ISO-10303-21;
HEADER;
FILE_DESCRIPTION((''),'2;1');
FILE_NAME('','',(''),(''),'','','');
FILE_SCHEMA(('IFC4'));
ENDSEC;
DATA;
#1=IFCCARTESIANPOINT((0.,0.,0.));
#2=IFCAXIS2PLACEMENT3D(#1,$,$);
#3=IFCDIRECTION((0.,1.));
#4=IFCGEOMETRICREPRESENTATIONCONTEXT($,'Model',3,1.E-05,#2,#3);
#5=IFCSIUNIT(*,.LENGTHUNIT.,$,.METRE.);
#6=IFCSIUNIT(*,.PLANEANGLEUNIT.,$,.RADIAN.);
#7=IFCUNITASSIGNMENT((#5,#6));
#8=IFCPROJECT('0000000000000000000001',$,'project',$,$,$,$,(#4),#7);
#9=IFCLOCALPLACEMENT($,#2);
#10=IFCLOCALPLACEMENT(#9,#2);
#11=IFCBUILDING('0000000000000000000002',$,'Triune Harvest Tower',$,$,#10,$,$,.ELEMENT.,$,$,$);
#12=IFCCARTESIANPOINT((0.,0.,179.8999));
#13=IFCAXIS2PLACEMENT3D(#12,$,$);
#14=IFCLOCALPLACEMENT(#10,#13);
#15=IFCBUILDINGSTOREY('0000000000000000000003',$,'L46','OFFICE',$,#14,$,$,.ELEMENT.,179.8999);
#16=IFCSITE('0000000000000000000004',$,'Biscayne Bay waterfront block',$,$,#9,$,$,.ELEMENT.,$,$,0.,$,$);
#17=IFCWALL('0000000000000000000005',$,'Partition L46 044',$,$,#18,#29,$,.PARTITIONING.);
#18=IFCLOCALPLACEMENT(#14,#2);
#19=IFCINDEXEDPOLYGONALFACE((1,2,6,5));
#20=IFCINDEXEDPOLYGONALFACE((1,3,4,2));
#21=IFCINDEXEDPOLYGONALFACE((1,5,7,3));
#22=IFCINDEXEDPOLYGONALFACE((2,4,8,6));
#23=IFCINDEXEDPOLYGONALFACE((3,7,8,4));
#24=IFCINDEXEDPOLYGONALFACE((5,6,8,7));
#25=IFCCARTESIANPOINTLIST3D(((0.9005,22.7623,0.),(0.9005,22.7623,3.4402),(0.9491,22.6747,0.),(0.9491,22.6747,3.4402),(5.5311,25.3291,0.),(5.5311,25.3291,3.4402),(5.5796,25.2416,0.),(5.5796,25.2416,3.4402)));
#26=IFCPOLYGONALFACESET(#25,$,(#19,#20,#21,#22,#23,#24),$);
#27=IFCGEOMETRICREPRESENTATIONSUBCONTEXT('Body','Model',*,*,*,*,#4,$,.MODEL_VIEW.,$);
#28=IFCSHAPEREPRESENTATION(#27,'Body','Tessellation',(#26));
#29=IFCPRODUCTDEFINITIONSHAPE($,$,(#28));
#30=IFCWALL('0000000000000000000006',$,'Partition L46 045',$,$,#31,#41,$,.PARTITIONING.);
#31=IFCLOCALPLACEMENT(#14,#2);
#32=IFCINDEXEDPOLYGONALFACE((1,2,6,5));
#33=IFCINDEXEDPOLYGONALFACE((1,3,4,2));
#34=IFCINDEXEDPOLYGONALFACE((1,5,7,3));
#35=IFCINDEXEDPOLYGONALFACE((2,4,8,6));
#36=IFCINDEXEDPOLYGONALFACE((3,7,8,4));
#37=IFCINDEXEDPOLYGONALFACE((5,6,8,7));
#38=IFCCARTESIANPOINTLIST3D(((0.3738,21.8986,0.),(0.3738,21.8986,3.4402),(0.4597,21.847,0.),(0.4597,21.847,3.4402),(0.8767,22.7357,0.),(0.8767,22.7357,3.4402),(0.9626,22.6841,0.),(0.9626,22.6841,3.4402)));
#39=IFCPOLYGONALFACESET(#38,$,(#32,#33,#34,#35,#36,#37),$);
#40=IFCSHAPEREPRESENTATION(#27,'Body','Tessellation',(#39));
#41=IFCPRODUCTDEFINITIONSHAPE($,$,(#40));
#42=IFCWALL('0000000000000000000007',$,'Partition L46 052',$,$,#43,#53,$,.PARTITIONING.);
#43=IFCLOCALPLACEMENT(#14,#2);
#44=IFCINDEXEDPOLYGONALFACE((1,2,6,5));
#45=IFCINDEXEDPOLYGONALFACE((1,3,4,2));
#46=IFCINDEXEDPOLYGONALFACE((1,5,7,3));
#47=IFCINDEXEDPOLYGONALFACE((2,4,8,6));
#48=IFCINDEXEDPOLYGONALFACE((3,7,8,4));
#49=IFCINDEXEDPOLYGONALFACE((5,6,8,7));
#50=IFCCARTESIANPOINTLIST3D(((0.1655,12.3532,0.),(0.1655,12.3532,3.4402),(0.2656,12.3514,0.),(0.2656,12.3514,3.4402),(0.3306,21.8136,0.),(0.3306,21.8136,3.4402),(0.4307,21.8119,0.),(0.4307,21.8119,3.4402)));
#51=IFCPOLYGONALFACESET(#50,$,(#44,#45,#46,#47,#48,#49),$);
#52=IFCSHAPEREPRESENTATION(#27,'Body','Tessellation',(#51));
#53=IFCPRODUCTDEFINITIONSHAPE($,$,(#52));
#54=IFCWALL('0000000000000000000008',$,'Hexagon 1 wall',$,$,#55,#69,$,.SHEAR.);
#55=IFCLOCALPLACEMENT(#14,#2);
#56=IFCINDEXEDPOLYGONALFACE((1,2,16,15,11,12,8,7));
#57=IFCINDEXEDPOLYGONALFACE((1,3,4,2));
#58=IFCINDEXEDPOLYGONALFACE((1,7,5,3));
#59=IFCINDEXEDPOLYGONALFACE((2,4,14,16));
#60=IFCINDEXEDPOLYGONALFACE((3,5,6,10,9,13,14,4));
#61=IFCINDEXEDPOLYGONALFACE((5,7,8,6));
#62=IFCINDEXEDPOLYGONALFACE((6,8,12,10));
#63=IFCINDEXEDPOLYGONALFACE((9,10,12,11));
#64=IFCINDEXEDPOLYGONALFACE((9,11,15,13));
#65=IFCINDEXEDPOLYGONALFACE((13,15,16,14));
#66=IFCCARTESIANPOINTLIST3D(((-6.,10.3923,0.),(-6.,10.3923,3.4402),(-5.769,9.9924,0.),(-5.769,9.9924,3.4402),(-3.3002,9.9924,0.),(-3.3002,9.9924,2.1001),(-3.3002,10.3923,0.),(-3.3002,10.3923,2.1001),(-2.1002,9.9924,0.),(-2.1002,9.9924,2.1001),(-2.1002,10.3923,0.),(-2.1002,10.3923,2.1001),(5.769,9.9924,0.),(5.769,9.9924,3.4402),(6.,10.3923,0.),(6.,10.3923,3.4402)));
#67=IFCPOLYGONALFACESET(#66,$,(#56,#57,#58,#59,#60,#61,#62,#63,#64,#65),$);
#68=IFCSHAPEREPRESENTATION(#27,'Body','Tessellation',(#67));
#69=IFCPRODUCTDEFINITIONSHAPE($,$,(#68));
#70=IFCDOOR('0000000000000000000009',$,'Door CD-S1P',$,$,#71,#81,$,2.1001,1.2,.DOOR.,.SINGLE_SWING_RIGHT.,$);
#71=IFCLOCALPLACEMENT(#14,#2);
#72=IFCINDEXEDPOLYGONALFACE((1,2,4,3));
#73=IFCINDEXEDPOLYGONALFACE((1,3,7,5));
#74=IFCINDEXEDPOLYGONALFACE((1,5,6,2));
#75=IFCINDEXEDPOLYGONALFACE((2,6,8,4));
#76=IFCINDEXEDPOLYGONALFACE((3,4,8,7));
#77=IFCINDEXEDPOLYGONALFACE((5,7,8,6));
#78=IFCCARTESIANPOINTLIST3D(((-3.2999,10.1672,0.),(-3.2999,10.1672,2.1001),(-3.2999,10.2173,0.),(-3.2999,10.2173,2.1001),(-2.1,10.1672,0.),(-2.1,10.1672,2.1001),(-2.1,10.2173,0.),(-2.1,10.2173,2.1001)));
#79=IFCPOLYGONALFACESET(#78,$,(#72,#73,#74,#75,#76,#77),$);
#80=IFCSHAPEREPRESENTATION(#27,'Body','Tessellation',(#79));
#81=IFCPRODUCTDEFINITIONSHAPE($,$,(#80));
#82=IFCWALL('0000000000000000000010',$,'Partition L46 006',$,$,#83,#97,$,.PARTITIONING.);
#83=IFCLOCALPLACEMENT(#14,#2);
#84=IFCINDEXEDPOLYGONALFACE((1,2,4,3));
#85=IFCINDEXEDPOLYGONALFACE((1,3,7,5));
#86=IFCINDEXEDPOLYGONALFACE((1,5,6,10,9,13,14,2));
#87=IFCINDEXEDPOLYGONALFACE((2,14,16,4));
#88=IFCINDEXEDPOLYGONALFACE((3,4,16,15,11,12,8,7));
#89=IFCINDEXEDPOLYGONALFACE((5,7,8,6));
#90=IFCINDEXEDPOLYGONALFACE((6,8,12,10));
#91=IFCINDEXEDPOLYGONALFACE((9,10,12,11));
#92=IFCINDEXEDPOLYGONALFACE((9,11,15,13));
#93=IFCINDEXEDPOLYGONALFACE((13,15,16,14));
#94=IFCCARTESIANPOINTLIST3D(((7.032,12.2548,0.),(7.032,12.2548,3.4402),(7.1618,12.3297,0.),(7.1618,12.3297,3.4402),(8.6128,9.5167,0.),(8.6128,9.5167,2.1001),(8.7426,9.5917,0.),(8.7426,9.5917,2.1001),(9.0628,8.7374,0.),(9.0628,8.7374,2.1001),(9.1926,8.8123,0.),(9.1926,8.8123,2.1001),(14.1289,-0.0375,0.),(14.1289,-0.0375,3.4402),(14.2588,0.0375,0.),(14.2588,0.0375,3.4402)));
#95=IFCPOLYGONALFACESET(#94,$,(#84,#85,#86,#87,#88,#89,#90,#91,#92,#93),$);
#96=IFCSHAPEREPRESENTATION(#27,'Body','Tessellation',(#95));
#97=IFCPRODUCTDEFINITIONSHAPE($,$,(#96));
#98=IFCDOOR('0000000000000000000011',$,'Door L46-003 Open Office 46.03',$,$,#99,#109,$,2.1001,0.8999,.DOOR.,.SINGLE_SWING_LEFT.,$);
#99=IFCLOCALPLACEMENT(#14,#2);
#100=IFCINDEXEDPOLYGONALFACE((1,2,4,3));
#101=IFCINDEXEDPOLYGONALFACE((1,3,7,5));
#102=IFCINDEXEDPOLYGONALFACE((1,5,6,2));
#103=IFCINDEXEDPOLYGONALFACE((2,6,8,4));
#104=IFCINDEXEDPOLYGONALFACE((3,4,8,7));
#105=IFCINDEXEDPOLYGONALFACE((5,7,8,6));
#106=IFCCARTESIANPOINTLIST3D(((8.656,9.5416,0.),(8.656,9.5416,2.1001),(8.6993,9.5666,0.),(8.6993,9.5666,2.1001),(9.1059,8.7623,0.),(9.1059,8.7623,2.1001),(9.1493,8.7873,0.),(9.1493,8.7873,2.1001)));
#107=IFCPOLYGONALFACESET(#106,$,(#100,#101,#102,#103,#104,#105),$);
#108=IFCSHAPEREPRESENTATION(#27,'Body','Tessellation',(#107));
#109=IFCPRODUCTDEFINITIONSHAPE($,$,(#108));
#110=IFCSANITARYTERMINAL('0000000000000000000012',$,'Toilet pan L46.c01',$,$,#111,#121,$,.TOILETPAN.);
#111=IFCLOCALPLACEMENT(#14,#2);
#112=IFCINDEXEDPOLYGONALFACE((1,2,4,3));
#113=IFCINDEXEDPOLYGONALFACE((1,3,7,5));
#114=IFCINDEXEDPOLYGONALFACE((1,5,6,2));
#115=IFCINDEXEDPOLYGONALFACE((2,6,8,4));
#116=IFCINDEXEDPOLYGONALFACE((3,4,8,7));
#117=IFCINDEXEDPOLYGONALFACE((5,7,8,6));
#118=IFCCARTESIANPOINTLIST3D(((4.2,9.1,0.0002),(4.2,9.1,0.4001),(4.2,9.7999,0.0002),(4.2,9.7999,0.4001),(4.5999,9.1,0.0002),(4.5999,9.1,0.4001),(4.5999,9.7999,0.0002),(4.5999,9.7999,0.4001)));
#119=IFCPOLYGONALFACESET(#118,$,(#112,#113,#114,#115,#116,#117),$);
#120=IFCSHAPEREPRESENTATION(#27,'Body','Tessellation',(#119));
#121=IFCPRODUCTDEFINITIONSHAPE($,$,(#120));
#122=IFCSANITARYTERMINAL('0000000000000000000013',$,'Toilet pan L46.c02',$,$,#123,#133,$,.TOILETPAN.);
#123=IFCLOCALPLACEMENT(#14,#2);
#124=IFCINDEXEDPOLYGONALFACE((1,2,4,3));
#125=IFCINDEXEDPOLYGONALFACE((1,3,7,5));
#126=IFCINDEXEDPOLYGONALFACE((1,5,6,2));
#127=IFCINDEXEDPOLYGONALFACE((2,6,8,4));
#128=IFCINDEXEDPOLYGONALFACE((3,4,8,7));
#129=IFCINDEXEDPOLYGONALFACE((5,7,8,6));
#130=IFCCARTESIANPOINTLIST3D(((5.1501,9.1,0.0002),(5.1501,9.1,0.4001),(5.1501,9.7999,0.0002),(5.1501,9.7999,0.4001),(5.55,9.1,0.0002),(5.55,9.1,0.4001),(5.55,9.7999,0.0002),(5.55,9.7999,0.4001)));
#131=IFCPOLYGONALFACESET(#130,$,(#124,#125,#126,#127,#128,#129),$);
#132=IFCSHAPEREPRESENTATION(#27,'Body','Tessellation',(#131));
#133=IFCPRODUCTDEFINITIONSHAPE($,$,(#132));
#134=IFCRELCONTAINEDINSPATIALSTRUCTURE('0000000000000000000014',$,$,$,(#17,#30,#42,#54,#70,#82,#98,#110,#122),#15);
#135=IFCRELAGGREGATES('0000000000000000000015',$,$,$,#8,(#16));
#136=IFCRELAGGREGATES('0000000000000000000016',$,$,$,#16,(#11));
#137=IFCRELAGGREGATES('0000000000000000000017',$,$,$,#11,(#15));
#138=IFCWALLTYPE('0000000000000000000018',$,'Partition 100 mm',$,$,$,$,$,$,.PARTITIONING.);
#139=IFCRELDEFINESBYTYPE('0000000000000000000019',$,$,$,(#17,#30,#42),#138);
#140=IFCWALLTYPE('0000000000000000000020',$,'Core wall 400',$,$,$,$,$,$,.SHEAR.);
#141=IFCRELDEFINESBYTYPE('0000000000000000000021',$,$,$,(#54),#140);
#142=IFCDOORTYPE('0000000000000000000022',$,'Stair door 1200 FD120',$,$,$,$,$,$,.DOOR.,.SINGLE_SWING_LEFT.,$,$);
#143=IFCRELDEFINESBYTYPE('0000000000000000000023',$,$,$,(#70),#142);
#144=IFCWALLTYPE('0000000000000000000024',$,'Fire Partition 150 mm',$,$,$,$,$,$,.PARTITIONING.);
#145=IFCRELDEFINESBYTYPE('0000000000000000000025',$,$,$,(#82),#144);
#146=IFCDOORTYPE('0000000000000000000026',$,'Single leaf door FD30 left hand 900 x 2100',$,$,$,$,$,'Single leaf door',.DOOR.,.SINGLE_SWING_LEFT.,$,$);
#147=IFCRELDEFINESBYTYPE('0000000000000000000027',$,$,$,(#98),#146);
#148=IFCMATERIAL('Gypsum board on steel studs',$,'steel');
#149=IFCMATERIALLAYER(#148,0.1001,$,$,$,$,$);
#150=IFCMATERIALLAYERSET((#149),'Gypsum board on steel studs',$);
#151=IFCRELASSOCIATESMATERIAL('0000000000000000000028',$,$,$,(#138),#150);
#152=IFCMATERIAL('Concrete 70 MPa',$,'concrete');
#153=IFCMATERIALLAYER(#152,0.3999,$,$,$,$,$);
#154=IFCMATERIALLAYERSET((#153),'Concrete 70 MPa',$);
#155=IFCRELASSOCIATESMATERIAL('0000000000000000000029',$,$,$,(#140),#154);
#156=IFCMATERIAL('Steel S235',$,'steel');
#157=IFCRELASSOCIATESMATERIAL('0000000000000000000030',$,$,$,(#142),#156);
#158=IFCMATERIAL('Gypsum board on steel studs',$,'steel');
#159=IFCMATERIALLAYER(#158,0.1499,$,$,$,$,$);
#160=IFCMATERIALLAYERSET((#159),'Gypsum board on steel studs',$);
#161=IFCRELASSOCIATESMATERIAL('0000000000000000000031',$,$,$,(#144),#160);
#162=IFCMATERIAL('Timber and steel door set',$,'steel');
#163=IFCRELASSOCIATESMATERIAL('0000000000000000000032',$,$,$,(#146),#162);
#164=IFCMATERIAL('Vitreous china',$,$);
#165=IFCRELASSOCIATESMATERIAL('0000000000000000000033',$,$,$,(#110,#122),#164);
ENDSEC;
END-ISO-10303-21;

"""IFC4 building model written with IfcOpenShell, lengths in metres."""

from ifc_helpers import new_model, si_unit, direction, frame, frame_2d, origin, origin_2d, place, context, subcontext, project, spatial, polyline, rectangle, outline, extrude, source, transform, mapped, material, layer, layer_set, type_object, element, fill, save


model = new_model("IFC4")

# Units and contexts
model_context = context("Model", 3, precision=1e-05, world=origin(), true_north=direction((0.0, 1.0)))
body_context = subcontext(model_context, "Body", "Model", "MODEL_VIEW")
ifc_project = project(units=[si_unit("LENGTHUNIT", "METRE"), si_unit("PLANEANGLEUNIT", "RADIAN")], contexts=[model_context])

# Site, building, storey
site_placement = place(None, origin())
site = spatial("IfcSite", under=ifc_project, at=site_placement, Name="Biscayne Bay waterfront block", CompositionType="ELEMENT", RefElevation=0.0)
building_placement = place(site_placement, origin())
building = spatial("IfcBuilding", under=site, at=building_placement, Name="Triune Harvest Tower", CompositionType="ELEMENT")
storey_placement = place(building_placement, frame((0.0, 0.0, 179.8999)))
storey = spatial("IfcBuildingStorey", under=building, at=storey_placement, Name="L46", Description="OFFICE", CompositionType="ELEMENT", Elevation=179.8999)

# Walls
ifc_material_1 = material(Name="Gypsum board on steel studs", Category="steel")
ifc_layer_1 = layer(ifc_material_1, 0.1001)
ifc_layer_set_1 = layer_set([ifc_layer_1], Name="Gypsum board on steel studs")
wall_type_1 = type_object("IfcWallType", Name="Partition 100 mm", PredefinedType="PARTITIONING", material=ifc_layer_set_1)
wall_1_placement = place(storey_placement, frame((0.9248, 22.7185, 0.0), z_axis=(0.0, 0.0, 1.0), x_axis=(0.874611, 0.484824, 0.0)))
element("IfcWall", 1, at=wall_1_placement, inside=storey, type_object=wall_type_1, Name="Partition L46 044", PredefinedType="PARTITIONING", context=body_context, shape_type="SweptSolid", body=[
    extrude(rectangle(XDim=5.2944, YDim=0.1001, at=frame_2d((2.6472, 0.0))), origin(), (0.0, 0.0, 1.0), 3.4402),
])
wall_2_placement = place(storey_placement, frame((0.4167, 21.8728, 0.0), z_axis=(0.0, 0.0, 1.0), x_axis=(0.514974, 0.857206, 0.0)))
element("IfcWall", 2, at=wall_2_placement, inside=storey, type_object=wall_type_1, Name="Partition L46 045", PredefinedType="PARTITIONING", context=body_context, shape_type="SweptSolid", body=[
    extrude(rectangle(XDim=0.9766, YDim=0.1001, at=frame_2d((0.4883, 0.0))), origin(), (0.0, 0.0, 1.0), 3.4402),
])
wall_3_placement = place(storey_placement, frame((0.2156, 12.3523, 0.0), z_axis=(0.0, 0.0, 1.0), x_axis=(0.017443, 0.999848, 0.0)))
element("IfcWall", 3, at=wall_3_placement, inside=storey, type_object=wall_type_1, Name="Partition L46 052", PredefinedType="PARTITIONING", context=body_context, shape_type="SweptSolid", body=[
    extrude(rectangle(XDim=9.4619, YDim=0.1001, at=frame_2d((4.731, 0.0))), origin(), (0.0, 0.0, 1.0), 3.4402),
])

# Walls, openings, doors
ifc_material_2 = material(Name="Concrete 70 MPa", Category="concrete")
ifc_layer_2 = layer(ifc_material_2, 0.3999)
ifc_layer_set_2 = layer_set([ifc_layer_2], Name="Concrete 70 MPa")
wall_type_2 = type_object("IfcWallType", Name="Core wall 400", PredefinedType="SHEAR", material=ifc_layer_set_2)
shared_shape_1 = source(origin(), body_context, "Body", "SweptSolid", [
    extrude(outline(polyline([(-0.1155, -0.2), (11.8845, -0.2), (11.6536, 0.2), (0.1155, 0.2), (-0.1155, -0.2)])), origin(), (0.0, 0.0, 1.0), 3.4402),
])
wall_4_placement = place(storey_placement, frame((5.8845, 10.1924, 0.0), z_axis=(0.0, 0.0, 1.0), x_axis=(-1.0, 0.0, 0.0)))
wall_4 = element("IfcWall", 4, at=wall_4_placement, inside=storey, type_object=wall_type_2, Name="Hexagon 1 wall", PredefinedType="SHEAR", context=body_context, shape_type="MappedRepresentation", body=[
    mapped(shared_shape_1, transform((0.0, 0.0, 0.0), scale=1.0)),
])
opening_1_placement = place(wall_4_placement, frame((7.9846, 0.0, 0.0)))
opening_1 = element("IfcOpeningElement", 5, at=opening_1_placement, cuts=wall_4, PredefinedType="OPENING", context=body_context, shape_type="SweptSolid", body=[
    extrude(rectangle(XDim=1.2, YDim=2.1001, at=frame_2d((0.6001, 1.05))), frame((0.0, 0.21, 0.0), z_axis=(0.0, -1.0, 0.0), x_axis=(1.0, 0.0, 0.0)), (0.0, 0.0, 1.0), 0.4199),
])
ifc_material_3 = material(Name="Steel S235", Category="steel")
door_type_1 = type_object("IfcDoorType", Name="Stair door 1200 FD120", OperationType="SINGLE_SWING_LEFT", PredefinedType="DOOR", material=ifc_material_3)
door_1_placement = place(opening_1_placement, frame((1.2, 0.0, 0.0), z_axis=(0.0, 0.0, 1.0), x_axis=(-1.0, 0.0, 0.0)))
door_1 = element("IfcDoor", 6, at=door_1_placement, inside=storey, type_object=door_type_1, Name="Door CD-S1P", OperationType="SINGLE_SWING_RIGHT", OverallHeight=2.1001, OverallWidth=1.2, PredefinedType="DOOR", context=body_context, shape_type="SweptSolid", body=[
    extrude(rectangle(XDim=1.2, YDim=2.1001, at=frame_2d((0.6001, 1.05))), frame((0.0, 0.0249, 0.0), z_axis=(0.0, -1.0, 0.0), x_axis=(1.0, 0.0, 0.0)), (0.0, 0.0, 1.0), 0.05),
])
fill(opening_1, door_1)
ifc_material_4 = material(Name="Gypsum board on steel studs", Category="steel")
ifc_layer_3 = layer(ifc_material_4, 0.1499)
ifc_layer_set_3 = layer_set([ifc_layer_3], Name="Gypsum board on steel studs")
wall_type_3 = type_object("IfcWallType", Name="Fire Partition 150 mm", PredefinedType="PARTITIONING", material=ifc_layer_set_3)
shared_shape_2 = source(origin(), body_context, "Body", "SweptSolid", [
    extrude(rectangle(XDim=14.1938, YDim=0.1499, at=frame_2d((7.0969, 0.0))), origin(), (0.0, 0.0, 1.0), 3.4402),
])
wall_5_placement = place(storey_placement, frame((7.0969, 12.2922, 0.0), z_axis=(0.0, 0.0, 1.0), x_axis=(0.5, -0.866025, 0.0)))
wall_5 = element("IfcWall", 7, at=wall_5_placement, inside=storey, type_object=wall_type_3, Name="Partition L46 006", PredefinedType="PARTITIONING", context=body_context, shape_type="MappedRepresentation", body=[
    mapped(shared_shape_2, transform((0.0, 0.0, 0.0), scale=1.0)),
])
opening_2_placement = place(wall_5_placement, frame((3.1616, 0.0, 0.0)))
opening_2 = element("IfcOpeningElement", 8, at=opening_2_placement, cuts=wall_5, PredefinedType="OPENING", context=body_context, shape_type="SweptSolid", body=[
    extrude(rectangle(XDim=0.8999, YDim=2.1001, at=frame_2d((0.45, 1.05))), frame((0.0, 0.085, 0.0), z_axis=(0.0, -1.0, 0.0), x_axis=(1.0, 0.0, 0.0)), (0.0, 0.0, 1.0), 0.1699),
])
ifc_material_5 = material(Name="Timber and steel door set", Category="steel")
door_type_2 = type_object("IfcDoorType", Name="Single leaf door FD30 left hand 900 x 2100", ElementType="Single leaf door", OperationType="SINGLE_SWING_LEFT", PredefinedType="DOOR", material=ifc_material_5)
door_2_placement = place(opening_2_placement, origin())
door_2 = element("IfcDoor", 9, at=door_2_placement, inside=storey, type_object=door_type_2, Name="Door L46-003 Open Office 46.03", OperationType="SINGLE_SWING_LEFT", OverallHeight=2.1001, OverallWidth=0.8999, PredefinedType="DOOR", context=body_context, shape_type="SweptSolid", body=[
    extrude(rectangle(XDim=0.8999, YDim=2.1001, at=frame_2d((0.45, 1.05))), frame((0.0, 0.0249, 0.0), z_axis=(0.0, -1.0, 0.0), x_axis=(1.0, 0.0, 0.0)), (0.0, 0.0, 1.0), 0.05),
])
fill(opening_2, door_2)

# Sanitary terminals
ifc_material_6 = material(Name="Vitreous china")
shared_shape_3 = source(origin(), body_context, "Body", "SweptSolid", [
    extrude(rectangle(XDim=0.3999, YDim=0.7, at=origin_2d()), origin(), (0.0, 0.0, 1.0), 0.3999),
])
for number, where, z_axis, x_axis, name in (
    (10, (4.3999, 9.45, 0.0002), (0.0, 0.0, 1.0), (1.0, 0.0, 0.0), "Toilet pan L46.c01"),
    (11, (5.3501, 9.45, 0.0002), (0.0, 0.0, 1.0), (1.0, 0.0, 0.0), "Toilet pan L46.c02"),
):
    element("IfcSanitaryTerminal", number, at=place(storey_placement, frame(where, z_axis=z_axis, x_axis=x_axis)), inside=storey, material=ifc_material_6, Name=name, PredefinedType="TOILETPAN", context=body_context, shape_type="MappedRepresentation", body=[
        mapped(shared_shape_3, transform((0.0, 0.0, 0.0), scale=1.0)),
    ])

save(model, "model.ifc")
